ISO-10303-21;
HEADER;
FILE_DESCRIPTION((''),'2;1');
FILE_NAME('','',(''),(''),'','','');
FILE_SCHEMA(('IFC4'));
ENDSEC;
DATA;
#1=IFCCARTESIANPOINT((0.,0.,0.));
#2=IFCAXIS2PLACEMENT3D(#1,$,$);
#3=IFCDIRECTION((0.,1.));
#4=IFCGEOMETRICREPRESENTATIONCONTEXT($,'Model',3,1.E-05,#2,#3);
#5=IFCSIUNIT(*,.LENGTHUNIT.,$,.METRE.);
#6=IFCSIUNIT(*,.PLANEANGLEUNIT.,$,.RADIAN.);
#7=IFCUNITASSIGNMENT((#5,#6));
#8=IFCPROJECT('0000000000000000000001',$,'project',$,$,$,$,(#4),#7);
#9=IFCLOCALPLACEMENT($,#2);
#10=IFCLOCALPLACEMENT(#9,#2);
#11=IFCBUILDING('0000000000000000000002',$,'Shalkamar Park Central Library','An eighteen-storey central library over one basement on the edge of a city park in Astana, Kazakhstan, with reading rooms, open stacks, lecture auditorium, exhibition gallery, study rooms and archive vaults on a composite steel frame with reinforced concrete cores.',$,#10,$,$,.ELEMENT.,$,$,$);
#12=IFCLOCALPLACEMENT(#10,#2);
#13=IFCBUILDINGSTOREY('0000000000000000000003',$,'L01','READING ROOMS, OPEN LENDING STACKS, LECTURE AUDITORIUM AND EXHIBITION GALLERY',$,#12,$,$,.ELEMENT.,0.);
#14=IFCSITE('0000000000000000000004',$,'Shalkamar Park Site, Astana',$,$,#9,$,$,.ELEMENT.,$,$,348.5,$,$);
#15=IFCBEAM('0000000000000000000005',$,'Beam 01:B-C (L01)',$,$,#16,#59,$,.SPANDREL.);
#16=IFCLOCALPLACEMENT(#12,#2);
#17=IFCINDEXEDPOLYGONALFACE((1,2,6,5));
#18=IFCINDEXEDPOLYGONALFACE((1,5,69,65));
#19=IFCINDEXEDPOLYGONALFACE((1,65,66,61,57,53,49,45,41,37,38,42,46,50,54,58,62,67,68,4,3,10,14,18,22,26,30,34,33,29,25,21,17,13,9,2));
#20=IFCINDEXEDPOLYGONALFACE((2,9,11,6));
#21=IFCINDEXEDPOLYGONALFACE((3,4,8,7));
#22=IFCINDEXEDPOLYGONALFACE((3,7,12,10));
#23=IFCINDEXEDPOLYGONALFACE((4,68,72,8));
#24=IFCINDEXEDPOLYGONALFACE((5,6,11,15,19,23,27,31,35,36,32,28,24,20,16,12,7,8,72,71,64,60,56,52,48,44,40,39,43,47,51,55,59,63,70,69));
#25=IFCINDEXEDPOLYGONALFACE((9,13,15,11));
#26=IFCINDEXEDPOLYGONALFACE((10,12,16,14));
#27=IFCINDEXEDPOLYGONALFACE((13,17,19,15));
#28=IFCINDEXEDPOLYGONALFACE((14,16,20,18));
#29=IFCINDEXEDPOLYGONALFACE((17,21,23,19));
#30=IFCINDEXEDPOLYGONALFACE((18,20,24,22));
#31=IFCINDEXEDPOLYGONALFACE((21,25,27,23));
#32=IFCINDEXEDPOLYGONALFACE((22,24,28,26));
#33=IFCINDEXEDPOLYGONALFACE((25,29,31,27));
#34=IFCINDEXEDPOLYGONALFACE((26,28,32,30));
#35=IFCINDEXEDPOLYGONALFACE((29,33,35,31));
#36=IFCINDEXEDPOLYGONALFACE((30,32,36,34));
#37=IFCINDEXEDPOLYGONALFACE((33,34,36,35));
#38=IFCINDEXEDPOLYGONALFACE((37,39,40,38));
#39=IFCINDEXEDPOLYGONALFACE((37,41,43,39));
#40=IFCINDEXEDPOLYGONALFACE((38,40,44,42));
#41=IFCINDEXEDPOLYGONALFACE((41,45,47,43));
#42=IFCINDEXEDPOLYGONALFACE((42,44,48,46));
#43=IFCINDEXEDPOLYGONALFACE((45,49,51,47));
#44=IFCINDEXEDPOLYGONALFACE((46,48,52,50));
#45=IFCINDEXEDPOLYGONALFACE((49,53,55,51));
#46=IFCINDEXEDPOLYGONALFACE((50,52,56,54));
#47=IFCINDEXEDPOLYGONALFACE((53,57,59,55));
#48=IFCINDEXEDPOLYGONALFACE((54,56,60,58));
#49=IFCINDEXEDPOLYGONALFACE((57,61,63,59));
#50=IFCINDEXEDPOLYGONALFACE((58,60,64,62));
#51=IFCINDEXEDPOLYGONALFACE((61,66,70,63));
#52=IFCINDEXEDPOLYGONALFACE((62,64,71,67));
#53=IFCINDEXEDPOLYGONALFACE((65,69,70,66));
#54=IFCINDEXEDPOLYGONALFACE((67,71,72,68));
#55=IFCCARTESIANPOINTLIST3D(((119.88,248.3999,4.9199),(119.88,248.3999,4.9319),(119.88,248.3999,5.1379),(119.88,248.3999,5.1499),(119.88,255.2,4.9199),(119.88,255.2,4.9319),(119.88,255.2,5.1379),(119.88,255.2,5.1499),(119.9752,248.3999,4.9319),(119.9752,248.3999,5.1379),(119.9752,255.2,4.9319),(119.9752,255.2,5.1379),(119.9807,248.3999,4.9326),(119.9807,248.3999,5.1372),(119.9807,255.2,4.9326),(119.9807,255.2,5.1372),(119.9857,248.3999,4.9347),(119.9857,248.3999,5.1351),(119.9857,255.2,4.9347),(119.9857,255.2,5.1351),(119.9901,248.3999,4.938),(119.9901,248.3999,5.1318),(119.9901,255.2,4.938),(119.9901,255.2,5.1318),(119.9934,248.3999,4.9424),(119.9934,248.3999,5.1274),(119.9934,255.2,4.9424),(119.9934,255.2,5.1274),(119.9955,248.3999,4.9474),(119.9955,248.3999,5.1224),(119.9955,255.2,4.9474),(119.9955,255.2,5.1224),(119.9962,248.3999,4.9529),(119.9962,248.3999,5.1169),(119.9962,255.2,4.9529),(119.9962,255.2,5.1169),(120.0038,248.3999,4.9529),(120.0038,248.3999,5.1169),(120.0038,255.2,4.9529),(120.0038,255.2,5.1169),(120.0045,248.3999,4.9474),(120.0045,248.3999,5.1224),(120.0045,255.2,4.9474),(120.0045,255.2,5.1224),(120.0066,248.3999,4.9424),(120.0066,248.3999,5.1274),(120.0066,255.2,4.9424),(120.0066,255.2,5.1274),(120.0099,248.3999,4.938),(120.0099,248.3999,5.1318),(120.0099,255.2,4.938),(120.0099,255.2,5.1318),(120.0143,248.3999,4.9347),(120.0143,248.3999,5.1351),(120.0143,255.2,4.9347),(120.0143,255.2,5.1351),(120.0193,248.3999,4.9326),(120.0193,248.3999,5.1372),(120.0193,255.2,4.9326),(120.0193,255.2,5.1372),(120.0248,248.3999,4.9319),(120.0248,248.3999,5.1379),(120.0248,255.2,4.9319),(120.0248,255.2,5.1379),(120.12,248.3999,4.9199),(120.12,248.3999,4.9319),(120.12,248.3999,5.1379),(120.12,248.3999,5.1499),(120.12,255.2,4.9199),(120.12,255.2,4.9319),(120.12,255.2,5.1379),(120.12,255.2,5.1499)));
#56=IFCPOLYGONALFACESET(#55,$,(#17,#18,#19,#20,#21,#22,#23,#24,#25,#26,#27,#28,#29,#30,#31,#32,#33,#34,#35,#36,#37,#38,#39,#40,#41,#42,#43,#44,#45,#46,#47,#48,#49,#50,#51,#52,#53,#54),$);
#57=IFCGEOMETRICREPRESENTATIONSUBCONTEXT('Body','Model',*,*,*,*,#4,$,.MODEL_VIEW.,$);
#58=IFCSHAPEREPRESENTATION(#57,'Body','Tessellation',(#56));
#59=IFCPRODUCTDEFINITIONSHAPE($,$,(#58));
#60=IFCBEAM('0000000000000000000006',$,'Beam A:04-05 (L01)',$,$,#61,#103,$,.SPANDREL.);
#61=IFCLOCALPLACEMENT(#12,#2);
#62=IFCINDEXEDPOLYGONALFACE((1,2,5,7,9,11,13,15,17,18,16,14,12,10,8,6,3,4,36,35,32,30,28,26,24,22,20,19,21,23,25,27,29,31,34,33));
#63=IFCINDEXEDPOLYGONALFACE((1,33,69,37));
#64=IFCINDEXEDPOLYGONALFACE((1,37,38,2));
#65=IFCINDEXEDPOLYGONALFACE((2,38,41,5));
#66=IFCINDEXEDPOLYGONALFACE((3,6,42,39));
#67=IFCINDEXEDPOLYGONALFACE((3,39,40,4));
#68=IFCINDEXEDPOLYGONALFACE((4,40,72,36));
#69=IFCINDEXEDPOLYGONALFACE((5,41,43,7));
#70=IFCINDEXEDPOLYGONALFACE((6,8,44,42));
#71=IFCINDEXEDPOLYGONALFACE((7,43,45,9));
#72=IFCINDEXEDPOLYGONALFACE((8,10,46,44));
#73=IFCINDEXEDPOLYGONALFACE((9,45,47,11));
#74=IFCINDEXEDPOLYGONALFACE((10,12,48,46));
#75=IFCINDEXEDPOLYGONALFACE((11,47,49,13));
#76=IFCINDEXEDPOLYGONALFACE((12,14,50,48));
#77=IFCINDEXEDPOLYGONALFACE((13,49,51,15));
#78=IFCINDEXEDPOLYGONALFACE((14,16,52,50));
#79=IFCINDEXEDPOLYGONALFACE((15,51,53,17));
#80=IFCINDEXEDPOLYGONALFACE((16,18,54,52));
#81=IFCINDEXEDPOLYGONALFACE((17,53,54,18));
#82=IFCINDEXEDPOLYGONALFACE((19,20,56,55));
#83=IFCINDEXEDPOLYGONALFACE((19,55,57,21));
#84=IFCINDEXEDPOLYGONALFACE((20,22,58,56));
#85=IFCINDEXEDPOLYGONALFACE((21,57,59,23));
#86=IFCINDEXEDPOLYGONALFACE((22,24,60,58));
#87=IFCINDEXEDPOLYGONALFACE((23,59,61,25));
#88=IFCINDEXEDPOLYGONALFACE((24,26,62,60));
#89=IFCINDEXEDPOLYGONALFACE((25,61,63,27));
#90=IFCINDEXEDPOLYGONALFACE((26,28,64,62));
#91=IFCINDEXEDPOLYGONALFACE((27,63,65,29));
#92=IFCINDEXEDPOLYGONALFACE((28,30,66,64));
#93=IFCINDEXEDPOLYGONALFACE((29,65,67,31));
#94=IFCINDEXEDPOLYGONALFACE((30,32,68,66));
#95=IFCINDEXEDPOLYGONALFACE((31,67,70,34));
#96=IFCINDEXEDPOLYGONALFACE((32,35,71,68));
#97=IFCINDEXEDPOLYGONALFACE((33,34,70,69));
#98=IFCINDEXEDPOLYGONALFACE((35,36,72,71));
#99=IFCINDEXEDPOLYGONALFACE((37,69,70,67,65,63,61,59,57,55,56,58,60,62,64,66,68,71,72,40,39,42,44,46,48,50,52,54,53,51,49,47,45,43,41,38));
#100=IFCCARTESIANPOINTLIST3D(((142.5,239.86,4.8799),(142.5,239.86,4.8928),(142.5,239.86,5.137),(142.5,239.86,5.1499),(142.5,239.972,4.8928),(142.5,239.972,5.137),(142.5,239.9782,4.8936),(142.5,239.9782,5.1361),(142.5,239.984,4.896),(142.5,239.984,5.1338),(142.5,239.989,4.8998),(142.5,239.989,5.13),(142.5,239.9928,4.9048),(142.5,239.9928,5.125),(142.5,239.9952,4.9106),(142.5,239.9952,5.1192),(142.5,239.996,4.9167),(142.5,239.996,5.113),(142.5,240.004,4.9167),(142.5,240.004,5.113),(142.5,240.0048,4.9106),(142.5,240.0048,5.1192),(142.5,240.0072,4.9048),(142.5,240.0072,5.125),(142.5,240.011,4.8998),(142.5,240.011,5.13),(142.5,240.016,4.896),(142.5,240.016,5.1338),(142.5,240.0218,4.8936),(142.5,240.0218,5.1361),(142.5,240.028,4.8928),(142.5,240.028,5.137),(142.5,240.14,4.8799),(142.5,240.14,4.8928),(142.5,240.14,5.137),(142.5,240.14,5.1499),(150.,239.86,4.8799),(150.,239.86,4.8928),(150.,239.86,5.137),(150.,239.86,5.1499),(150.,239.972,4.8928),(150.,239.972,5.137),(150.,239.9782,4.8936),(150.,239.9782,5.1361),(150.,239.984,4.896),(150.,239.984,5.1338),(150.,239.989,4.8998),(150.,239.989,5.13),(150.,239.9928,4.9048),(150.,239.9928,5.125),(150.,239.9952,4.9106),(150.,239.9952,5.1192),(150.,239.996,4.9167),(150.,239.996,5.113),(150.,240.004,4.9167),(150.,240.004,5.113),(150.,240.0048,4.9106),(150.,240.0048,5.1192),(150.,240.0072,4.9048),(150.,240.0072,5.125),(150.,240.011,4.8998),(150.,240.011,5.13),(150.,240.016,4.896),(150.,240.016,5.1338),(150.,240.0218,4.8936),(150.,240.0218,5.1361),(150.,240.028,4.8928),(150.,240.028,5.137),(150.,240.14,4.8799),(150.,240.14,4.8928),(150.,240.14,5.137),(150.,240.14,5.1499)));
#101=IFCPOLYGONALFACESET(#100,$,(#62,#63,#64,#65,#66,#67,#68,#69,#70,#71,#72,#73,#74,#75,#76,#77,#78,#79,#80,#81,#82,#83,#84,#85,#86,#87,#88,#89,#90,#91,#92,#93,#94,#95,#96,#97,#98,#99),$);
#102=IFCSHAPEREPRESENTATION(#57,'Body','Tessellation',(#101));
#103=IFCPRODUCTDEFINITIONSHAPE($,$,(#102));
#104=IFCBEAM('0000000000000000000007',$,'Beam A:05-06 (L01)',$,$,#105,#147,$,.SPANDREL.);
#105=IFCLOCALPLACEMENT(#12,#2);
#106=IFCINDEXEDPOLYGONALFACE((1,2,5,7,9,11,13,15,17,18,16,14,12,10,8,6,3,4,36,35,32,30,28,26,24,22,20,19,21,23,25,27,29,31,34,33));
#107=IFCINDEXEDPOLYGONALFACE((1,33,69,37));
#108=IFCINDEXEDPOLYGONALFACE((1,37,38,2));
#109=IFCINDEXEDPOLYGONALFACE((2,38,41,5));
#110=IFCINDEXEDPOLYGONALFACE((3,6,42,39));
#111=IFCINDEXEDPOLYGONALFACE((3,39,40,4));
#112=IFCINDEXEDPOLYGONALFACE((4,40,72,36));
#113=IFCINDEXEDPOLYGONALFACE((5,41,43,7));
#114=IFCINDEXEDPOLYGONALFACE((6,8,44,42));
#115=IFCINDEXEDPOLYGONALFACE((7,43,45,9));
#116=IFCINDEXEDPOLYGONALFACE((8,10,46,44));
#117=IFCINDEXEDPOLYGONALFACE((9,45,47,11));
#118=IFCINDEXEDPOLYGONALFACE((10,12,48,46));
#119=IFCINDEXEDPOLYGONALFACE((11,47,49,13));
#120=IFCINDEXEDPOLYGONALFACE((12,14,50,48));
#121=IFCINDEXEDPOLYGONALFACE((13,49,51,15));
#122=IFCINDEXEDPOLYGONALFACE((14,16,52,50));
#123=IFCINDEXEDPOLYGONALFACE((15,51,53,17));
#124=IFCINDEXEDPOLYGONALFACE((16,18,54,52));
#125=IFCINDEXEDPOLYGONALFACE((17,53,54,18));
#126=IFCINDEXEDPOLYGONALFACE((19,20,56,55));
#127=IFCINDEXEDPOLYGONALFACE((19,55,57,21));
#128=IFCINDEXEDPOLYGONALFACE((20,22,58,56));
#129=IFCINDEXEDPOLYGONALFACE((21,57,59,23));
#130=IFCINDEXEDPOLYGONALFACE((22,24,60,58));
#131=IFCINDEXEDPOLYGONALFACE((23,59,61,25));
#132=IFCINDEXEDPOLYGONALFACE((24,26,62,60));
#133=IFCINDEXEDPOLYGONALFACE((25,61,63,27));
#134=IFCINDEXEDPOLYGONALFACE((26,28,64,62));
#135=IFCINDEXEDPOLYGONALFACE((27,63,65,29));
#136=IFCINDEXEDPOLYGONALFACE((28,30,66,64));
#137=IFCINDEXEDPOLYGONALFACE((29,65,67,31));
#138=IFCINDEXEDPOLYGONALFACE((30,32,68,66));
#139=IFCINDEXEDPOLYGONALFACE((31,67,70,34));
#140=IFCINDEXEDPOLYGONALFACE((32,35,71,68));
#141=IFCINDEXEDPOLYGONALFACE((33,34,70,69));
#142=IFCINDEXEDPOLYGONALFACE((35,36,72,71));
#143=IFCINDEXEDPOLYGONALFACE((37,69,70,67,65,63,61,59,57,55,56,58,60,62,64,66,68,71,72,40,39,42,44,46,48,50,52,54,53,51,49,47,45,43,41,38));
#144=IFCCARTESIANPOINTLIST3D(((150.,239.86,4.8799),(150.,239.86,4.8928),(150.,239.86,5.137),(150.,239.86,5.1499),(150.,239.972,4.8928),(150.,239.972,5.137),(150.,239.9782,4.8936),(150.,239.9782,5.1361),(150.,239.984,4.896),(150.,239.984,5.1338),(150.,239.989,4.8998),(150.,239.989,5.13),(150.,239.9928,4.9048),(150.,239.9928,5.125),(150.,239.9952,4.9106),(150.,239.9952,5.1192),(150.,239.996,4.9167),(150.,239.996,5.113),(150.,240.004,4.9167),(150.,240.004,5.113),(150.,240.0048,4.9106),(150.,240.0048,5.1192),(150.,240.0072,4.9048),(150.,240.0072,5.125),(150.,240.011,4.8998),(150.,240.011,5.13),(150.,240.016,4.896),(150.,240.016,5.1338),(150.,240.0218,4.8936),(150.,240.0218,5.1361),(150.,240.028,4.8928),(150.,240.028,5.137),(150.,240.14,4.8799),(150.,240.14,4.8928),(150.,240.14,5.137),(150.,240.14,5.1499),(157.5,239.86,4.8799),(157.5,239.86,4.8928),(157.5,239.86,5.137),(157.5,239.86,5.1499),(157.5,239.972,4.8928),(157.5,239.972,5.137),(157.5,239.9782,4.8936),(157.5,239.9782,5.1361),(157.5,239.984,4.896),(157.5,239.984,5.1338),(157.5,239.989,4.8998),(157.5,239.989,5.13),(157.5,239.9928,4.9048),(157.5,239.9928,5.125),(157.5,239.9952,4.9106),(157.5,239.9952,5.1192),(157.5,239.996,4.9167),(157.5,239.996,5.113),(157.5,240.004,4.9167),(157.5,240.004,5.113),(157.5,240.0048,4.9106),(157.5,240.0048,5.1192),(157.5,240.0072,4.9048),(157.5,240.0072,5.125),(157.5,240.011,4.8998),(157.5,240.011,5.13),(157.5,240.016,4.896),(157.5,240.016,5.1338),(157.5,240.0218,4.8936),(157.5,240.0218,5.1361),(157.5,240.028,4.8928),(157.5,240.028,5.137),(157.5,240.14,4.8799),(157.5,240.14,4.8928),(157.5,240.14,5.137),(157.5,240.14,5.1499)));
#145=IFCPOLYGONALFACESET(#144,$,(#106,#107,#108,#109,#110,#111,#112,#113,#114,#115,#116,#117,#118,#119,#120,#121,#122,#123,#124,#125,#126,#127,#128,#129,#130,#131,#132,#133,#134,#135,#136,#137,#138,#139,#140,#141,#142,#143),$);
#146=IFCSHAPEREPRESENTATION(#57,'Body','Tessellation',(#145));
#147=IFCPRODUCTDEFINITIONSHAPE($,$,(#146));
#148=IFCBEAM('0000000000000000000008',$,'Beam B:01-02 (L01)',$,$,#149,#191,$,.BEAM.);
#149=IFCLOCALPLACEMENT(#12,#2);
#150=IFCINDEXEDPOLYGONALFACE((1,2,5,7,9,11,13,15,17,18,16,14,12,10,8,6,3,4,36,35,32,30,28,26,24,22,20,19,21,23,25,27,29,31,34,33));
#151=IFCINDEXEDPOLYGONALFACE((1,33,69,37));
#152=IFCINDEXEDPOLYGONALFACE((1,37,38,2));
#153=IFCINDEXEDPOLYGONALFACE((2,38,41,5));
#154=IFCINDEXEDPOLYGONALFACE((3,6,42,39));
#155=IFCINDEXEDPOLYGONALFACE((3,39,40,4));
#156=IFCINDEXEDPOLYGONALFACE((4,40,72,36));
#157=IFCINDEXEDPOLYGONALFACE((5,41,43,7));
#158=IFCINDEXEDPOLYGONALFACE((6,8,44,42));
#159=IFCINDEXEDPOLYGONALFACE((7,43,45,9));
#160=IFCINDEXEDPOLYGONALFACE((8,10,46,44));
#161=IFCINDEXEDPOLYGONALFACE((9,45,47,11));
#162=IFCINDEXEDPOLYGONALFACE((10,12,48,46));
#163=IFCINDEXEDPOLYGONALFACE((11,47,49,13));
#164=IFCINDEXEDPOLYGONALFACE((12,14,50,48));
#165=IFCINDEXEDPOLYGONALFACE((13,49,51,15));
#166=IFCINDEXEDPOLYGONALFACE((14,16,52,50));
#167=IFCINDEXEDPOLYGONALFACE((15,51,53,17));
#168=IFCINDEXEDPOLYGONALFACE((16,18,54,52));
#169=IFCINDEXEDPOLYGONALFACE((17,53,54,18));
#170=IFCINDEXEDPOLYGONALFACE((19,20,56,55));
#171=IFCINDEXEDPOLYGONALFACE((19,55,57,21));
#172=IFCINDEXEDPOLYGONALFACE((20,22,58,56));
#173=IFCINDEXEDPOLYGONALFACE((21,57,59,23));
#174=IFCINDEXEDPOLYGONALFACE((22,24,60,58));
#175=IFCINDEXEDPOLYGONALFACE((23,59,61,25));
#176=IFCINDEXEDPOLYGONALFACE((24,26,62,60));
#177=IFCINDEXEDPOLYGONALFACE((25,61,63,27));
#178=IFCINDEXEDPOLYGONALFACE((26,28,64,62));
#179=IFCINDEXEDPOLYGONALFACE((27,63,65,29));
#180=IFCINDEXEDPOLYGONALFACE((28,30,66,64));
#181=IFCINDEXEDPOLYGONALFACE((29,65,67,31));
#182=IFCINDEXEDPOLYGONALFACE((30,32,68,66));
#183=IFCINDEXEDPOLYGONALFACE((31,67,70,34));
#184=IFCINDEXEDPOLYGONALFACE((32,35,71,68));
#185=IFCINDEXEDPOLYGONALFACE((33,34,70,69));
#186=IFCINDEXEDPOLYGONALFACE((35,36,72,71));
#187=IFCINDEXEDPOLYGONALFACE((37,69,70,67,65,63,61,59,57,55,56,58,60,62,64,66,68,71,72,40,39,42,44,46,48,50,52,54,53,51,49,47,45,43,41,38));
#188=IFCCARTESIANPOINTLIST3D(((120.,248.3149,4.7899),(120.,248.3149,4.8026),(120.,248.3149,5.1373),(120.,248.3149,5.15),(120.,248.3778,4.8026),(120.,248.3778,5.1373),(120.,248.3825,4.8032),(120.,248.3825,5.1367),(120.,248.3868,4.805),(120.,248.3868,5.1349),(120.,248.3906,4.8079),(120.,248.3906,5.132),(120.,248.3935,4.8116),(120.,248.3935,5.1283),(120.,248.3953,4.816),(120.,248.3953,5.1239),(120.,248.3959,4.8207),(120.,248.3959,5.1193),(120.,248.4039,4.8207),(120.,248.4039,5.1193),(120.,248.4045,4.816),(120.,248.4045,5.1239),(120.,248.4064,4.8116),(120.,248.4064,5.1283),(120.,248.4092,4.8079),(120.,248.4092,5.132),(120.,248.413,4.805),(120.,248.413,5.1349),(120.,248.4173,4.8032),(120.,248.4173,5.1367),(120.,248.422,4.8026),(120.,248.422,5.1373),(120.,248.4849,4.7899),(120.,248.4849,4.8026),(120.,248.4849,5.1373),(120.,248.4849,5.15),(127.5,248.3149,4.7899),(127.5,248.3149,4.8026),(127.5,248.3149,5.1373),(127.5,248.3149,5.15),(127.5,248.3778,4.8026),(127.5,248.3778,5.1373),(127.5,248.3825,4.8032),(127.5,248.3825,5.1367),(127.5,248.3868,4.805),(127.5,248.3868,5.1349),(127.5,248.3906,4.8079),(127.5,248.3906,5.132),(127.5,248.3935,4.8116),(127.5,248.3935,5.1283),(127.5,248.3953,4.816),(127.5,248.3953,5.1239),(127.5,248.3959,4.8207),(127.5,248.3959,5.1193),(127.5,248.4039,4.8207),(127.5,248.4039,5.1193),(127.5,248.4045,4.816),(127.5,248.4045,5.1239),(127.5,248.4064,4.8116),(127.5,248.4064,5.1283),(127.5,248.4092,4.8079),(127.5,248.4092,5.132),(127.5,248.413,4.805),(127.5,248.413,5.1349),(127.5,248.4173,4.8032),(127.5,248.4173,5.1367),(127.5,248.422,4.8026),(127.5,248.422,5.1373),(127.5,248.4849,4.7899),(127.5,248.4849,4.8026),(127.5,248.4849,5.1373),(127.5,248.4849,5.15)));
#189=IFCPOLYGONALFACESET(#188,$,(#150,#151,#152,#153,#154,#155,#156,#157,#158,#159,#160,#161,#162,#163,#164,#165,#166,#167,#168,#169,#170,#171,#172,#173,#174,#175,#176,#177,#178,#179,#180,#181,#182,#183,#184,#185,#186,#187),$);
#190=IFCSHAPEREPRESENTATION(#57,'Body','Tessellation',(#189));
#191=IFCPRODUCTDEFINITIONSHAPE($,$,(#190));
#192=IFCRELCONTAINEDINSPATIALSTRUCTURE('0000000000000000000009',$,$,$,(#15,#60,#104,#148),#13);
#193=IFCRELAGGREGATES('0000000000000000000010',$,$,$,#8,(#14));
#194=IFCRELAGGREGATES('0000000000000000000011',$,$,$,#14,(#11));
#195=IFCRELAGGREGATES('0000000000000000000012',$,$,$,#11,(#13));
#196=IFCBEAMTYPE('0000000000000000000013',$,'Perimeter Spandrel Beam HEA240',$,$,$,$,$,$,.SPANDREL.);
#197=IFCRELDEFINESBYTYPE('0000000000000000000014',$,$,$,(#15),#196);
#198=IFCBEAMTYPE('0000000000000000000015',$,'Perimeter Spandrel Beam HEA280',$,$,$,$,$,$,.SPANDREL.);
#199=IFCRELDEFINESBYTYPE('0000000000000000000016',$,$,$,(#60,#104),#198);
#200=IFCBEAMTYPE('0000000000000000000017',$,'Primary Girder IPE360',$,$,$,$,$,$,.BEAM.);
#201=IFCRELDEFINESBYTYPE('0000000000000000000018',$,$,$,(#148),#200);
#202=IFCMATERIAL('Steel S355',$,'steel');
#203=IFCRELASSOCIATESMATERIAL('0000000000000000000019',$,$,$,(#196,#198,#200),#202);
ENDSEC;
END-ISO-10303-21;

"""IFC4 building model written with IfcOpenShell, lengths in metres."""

from ifc_helpers import new_model, si_unit, direction, frame, origin, origin_2d, place, context, subcontext, project, spatial, i_section, extrude, material, material_profile, profile_set, type_object, element, save


model = new_model("IFC4")

# Units and contexts
model_context = context("Model", 3, precision=1e-05, world=origin(), true_north=direction((0.0, 1.0)))
body_context = subcontext(model_context, "Body", "Model", "MODEL_VIEW")
ifc_project = project(units=[si_unit("LENGTHUNIT", "METRE"), si_unit("PLANEANGLEUNIT", "RADIAN")], contexts=[model_context])

# Site, building, storey
site_placement = place(None, origin())
site = spatial("IfcSite", under=ifc_project, at=site_placement, Name="Shalkamar Park Site, Astana", CompositionType="ELEMENT", RefElevation=348.5)
building_placement = place(site_placement, origin())
building = spatial("IfcBuilding", under=site, at=building_placement, Name="Shalkamar Park Central Library", Description="An eighteen-storey central library over one basement on the edge of a city park in Astana, Kazakhstan, with reading rooms, open stacks, lecture auditorium, exhibition gallery, study rooms and archive vaults on a composite steel frame with reinforced concrete cores.", CompositionType="ELEMENT")
storey_placement = place(building_placement, origin())
storey = spatial("IfcBuildingStorey", under=building, at=storey_placement, Name="L01", Description="READING ROOMS, OPEN LENDING STACKS, LECTURE AUDITORIUM AND EXHIBITION GALLERY", CompositionType="ELEMENT", Elevation=0.0)

# Shared definitions
ifc_material_1 = material(Name="Steel S355", Category="steel")

# Beams
ifc_material_profile_1 = material_profile(ifc_material_1, i_section(OverallWidth=0.24, OverallDepth=0.23, WebThickness=0.0076, FlangeThickness=0.012, FilletRadius=0.021, at=origin_2d()), Name="HEA 240")
ifc_profile_set_1 = profile_set([ifc_material_profile_1], Name="Steel S355")
beam_type_1 = type_object("IfcBeamType", Name="Perimeter Spandrel Beam HEA240", PredefinedType="SPANDREL", material=ifc_profile_set_1)
beam_1_placement = place(storey_placement, frame((120.0, 248.3999, 5.0349), z_axis=(0.0, 1.0, 0.0), x_axis=(-1.0, 0.0, 0.0)))
element("IfcBeam", 1, at=beam_1_placement, inside=storey, type_object=beam_type_1, Name="Beam 01:B-C (L01)", PredefinedType="SPANDREL", context=body_context, shape_type="SweptSolid", body=[
    extrude(i_section(OverallWidth=0.24, OverallDepth=0.23, WebThickness=0.0076, FlangeThickness=0.012, FilletRadius=0.021, at=origin_2d()), origin(), (0.0, 0.0, 1.0), 6.8),
])
ifc_material_profile_2 = material_profile(ifc_material_1, i_section(OverallWidth=0.28, OverallDepth=0.27, WebThickness=0.0081, FlangeThickness=0.0129, FilletRadius=0.0239, at=origin_2d()), Name="HEA 280")
ifc_profile_set_2 = profile_set([ifc_material_profile_2], Name="Steel S355")
beam_type_2 = type_object("IfcBeamType", Name="Perimeter Spandrel Beam HEA280", PredefinedType="SPANDREL", material=ifc_profile_set_2)
for number, where, z_axis, x_axis, name in (
    (2, (142.5, 240.0, 5.0149), (1.0, 0.0, 0.0), (0.0, 1.0, 0.0), "Beam A:04-05 (L01)"),
    (3, (150.0, 240.0, 5.0149), (1.0, 0.0, 0.0), (0.0, 1.0, 0.0), "Beam A:05-06 (L01)"),
):
    element("IfcBeam", number, at=place(storey_placement, frame(where, z_axis=z_axis, x_axis=x_axis)), inside=storey, type_object=beam_type_2, Name=name, PredefinedType="SPANDREL", context=body_context, shape_type="SweptSolid", body=[
        extrude(i_section(OverallWidth=0.28, OverallDepth=0.27, WebThickness=0.0081, FlangeThickness=0.0129, FilletRadius=0.0239, at=origin_2d()), origin(), (0.0, 0.0, 1.0), 7.5),
    ])
ifc_material_profile_3 = material_profile(ifc_material_1, i_section(OverallWidth=0.1699, OverallDepth=0.3601, WebThickness=0.0081, FlangeThickness=0.0127, FilletRadius=0.0181, at=origin_2d()), Name="IPE 360")
ifc_profile_set_3 = profile_set([ifc_material_profile_3], Name="Steel S355")
beam_type_3 = type_object("IfcBeamType", Name="Primary Girder IPE360", PredefinedType="BEAM", material=ifc_profile_set_3)
for number, where, z_axis, x_axis, name in (
    (4, (120.0, 248.3999, 4.97), (1.0, 0.0, 0.0), (0.0, 1.0, 0.0), "Beam B:01-02 (L01)"),
):
    element("IfcBeam", number, at=place(storey_placement, frame(where, z_axis=z_axis, x_axis=x_axis)), inside=storey, type_object=beam_type_3, Name=name, PredefinedType="BEAM", context=body_context, shape_type="SweptSolid", body=[
        extrude(i_section(OverallWidth=0.1699, OverallDepth=0.3601, WebThickness=0.0081, FlangeThickness=0.0127, FilletRadius=0.0181, at=origin_2d()), origin(), (0.0, 0.0, 1.0), 7.5),
    ])

save(model, "model.ifc")
